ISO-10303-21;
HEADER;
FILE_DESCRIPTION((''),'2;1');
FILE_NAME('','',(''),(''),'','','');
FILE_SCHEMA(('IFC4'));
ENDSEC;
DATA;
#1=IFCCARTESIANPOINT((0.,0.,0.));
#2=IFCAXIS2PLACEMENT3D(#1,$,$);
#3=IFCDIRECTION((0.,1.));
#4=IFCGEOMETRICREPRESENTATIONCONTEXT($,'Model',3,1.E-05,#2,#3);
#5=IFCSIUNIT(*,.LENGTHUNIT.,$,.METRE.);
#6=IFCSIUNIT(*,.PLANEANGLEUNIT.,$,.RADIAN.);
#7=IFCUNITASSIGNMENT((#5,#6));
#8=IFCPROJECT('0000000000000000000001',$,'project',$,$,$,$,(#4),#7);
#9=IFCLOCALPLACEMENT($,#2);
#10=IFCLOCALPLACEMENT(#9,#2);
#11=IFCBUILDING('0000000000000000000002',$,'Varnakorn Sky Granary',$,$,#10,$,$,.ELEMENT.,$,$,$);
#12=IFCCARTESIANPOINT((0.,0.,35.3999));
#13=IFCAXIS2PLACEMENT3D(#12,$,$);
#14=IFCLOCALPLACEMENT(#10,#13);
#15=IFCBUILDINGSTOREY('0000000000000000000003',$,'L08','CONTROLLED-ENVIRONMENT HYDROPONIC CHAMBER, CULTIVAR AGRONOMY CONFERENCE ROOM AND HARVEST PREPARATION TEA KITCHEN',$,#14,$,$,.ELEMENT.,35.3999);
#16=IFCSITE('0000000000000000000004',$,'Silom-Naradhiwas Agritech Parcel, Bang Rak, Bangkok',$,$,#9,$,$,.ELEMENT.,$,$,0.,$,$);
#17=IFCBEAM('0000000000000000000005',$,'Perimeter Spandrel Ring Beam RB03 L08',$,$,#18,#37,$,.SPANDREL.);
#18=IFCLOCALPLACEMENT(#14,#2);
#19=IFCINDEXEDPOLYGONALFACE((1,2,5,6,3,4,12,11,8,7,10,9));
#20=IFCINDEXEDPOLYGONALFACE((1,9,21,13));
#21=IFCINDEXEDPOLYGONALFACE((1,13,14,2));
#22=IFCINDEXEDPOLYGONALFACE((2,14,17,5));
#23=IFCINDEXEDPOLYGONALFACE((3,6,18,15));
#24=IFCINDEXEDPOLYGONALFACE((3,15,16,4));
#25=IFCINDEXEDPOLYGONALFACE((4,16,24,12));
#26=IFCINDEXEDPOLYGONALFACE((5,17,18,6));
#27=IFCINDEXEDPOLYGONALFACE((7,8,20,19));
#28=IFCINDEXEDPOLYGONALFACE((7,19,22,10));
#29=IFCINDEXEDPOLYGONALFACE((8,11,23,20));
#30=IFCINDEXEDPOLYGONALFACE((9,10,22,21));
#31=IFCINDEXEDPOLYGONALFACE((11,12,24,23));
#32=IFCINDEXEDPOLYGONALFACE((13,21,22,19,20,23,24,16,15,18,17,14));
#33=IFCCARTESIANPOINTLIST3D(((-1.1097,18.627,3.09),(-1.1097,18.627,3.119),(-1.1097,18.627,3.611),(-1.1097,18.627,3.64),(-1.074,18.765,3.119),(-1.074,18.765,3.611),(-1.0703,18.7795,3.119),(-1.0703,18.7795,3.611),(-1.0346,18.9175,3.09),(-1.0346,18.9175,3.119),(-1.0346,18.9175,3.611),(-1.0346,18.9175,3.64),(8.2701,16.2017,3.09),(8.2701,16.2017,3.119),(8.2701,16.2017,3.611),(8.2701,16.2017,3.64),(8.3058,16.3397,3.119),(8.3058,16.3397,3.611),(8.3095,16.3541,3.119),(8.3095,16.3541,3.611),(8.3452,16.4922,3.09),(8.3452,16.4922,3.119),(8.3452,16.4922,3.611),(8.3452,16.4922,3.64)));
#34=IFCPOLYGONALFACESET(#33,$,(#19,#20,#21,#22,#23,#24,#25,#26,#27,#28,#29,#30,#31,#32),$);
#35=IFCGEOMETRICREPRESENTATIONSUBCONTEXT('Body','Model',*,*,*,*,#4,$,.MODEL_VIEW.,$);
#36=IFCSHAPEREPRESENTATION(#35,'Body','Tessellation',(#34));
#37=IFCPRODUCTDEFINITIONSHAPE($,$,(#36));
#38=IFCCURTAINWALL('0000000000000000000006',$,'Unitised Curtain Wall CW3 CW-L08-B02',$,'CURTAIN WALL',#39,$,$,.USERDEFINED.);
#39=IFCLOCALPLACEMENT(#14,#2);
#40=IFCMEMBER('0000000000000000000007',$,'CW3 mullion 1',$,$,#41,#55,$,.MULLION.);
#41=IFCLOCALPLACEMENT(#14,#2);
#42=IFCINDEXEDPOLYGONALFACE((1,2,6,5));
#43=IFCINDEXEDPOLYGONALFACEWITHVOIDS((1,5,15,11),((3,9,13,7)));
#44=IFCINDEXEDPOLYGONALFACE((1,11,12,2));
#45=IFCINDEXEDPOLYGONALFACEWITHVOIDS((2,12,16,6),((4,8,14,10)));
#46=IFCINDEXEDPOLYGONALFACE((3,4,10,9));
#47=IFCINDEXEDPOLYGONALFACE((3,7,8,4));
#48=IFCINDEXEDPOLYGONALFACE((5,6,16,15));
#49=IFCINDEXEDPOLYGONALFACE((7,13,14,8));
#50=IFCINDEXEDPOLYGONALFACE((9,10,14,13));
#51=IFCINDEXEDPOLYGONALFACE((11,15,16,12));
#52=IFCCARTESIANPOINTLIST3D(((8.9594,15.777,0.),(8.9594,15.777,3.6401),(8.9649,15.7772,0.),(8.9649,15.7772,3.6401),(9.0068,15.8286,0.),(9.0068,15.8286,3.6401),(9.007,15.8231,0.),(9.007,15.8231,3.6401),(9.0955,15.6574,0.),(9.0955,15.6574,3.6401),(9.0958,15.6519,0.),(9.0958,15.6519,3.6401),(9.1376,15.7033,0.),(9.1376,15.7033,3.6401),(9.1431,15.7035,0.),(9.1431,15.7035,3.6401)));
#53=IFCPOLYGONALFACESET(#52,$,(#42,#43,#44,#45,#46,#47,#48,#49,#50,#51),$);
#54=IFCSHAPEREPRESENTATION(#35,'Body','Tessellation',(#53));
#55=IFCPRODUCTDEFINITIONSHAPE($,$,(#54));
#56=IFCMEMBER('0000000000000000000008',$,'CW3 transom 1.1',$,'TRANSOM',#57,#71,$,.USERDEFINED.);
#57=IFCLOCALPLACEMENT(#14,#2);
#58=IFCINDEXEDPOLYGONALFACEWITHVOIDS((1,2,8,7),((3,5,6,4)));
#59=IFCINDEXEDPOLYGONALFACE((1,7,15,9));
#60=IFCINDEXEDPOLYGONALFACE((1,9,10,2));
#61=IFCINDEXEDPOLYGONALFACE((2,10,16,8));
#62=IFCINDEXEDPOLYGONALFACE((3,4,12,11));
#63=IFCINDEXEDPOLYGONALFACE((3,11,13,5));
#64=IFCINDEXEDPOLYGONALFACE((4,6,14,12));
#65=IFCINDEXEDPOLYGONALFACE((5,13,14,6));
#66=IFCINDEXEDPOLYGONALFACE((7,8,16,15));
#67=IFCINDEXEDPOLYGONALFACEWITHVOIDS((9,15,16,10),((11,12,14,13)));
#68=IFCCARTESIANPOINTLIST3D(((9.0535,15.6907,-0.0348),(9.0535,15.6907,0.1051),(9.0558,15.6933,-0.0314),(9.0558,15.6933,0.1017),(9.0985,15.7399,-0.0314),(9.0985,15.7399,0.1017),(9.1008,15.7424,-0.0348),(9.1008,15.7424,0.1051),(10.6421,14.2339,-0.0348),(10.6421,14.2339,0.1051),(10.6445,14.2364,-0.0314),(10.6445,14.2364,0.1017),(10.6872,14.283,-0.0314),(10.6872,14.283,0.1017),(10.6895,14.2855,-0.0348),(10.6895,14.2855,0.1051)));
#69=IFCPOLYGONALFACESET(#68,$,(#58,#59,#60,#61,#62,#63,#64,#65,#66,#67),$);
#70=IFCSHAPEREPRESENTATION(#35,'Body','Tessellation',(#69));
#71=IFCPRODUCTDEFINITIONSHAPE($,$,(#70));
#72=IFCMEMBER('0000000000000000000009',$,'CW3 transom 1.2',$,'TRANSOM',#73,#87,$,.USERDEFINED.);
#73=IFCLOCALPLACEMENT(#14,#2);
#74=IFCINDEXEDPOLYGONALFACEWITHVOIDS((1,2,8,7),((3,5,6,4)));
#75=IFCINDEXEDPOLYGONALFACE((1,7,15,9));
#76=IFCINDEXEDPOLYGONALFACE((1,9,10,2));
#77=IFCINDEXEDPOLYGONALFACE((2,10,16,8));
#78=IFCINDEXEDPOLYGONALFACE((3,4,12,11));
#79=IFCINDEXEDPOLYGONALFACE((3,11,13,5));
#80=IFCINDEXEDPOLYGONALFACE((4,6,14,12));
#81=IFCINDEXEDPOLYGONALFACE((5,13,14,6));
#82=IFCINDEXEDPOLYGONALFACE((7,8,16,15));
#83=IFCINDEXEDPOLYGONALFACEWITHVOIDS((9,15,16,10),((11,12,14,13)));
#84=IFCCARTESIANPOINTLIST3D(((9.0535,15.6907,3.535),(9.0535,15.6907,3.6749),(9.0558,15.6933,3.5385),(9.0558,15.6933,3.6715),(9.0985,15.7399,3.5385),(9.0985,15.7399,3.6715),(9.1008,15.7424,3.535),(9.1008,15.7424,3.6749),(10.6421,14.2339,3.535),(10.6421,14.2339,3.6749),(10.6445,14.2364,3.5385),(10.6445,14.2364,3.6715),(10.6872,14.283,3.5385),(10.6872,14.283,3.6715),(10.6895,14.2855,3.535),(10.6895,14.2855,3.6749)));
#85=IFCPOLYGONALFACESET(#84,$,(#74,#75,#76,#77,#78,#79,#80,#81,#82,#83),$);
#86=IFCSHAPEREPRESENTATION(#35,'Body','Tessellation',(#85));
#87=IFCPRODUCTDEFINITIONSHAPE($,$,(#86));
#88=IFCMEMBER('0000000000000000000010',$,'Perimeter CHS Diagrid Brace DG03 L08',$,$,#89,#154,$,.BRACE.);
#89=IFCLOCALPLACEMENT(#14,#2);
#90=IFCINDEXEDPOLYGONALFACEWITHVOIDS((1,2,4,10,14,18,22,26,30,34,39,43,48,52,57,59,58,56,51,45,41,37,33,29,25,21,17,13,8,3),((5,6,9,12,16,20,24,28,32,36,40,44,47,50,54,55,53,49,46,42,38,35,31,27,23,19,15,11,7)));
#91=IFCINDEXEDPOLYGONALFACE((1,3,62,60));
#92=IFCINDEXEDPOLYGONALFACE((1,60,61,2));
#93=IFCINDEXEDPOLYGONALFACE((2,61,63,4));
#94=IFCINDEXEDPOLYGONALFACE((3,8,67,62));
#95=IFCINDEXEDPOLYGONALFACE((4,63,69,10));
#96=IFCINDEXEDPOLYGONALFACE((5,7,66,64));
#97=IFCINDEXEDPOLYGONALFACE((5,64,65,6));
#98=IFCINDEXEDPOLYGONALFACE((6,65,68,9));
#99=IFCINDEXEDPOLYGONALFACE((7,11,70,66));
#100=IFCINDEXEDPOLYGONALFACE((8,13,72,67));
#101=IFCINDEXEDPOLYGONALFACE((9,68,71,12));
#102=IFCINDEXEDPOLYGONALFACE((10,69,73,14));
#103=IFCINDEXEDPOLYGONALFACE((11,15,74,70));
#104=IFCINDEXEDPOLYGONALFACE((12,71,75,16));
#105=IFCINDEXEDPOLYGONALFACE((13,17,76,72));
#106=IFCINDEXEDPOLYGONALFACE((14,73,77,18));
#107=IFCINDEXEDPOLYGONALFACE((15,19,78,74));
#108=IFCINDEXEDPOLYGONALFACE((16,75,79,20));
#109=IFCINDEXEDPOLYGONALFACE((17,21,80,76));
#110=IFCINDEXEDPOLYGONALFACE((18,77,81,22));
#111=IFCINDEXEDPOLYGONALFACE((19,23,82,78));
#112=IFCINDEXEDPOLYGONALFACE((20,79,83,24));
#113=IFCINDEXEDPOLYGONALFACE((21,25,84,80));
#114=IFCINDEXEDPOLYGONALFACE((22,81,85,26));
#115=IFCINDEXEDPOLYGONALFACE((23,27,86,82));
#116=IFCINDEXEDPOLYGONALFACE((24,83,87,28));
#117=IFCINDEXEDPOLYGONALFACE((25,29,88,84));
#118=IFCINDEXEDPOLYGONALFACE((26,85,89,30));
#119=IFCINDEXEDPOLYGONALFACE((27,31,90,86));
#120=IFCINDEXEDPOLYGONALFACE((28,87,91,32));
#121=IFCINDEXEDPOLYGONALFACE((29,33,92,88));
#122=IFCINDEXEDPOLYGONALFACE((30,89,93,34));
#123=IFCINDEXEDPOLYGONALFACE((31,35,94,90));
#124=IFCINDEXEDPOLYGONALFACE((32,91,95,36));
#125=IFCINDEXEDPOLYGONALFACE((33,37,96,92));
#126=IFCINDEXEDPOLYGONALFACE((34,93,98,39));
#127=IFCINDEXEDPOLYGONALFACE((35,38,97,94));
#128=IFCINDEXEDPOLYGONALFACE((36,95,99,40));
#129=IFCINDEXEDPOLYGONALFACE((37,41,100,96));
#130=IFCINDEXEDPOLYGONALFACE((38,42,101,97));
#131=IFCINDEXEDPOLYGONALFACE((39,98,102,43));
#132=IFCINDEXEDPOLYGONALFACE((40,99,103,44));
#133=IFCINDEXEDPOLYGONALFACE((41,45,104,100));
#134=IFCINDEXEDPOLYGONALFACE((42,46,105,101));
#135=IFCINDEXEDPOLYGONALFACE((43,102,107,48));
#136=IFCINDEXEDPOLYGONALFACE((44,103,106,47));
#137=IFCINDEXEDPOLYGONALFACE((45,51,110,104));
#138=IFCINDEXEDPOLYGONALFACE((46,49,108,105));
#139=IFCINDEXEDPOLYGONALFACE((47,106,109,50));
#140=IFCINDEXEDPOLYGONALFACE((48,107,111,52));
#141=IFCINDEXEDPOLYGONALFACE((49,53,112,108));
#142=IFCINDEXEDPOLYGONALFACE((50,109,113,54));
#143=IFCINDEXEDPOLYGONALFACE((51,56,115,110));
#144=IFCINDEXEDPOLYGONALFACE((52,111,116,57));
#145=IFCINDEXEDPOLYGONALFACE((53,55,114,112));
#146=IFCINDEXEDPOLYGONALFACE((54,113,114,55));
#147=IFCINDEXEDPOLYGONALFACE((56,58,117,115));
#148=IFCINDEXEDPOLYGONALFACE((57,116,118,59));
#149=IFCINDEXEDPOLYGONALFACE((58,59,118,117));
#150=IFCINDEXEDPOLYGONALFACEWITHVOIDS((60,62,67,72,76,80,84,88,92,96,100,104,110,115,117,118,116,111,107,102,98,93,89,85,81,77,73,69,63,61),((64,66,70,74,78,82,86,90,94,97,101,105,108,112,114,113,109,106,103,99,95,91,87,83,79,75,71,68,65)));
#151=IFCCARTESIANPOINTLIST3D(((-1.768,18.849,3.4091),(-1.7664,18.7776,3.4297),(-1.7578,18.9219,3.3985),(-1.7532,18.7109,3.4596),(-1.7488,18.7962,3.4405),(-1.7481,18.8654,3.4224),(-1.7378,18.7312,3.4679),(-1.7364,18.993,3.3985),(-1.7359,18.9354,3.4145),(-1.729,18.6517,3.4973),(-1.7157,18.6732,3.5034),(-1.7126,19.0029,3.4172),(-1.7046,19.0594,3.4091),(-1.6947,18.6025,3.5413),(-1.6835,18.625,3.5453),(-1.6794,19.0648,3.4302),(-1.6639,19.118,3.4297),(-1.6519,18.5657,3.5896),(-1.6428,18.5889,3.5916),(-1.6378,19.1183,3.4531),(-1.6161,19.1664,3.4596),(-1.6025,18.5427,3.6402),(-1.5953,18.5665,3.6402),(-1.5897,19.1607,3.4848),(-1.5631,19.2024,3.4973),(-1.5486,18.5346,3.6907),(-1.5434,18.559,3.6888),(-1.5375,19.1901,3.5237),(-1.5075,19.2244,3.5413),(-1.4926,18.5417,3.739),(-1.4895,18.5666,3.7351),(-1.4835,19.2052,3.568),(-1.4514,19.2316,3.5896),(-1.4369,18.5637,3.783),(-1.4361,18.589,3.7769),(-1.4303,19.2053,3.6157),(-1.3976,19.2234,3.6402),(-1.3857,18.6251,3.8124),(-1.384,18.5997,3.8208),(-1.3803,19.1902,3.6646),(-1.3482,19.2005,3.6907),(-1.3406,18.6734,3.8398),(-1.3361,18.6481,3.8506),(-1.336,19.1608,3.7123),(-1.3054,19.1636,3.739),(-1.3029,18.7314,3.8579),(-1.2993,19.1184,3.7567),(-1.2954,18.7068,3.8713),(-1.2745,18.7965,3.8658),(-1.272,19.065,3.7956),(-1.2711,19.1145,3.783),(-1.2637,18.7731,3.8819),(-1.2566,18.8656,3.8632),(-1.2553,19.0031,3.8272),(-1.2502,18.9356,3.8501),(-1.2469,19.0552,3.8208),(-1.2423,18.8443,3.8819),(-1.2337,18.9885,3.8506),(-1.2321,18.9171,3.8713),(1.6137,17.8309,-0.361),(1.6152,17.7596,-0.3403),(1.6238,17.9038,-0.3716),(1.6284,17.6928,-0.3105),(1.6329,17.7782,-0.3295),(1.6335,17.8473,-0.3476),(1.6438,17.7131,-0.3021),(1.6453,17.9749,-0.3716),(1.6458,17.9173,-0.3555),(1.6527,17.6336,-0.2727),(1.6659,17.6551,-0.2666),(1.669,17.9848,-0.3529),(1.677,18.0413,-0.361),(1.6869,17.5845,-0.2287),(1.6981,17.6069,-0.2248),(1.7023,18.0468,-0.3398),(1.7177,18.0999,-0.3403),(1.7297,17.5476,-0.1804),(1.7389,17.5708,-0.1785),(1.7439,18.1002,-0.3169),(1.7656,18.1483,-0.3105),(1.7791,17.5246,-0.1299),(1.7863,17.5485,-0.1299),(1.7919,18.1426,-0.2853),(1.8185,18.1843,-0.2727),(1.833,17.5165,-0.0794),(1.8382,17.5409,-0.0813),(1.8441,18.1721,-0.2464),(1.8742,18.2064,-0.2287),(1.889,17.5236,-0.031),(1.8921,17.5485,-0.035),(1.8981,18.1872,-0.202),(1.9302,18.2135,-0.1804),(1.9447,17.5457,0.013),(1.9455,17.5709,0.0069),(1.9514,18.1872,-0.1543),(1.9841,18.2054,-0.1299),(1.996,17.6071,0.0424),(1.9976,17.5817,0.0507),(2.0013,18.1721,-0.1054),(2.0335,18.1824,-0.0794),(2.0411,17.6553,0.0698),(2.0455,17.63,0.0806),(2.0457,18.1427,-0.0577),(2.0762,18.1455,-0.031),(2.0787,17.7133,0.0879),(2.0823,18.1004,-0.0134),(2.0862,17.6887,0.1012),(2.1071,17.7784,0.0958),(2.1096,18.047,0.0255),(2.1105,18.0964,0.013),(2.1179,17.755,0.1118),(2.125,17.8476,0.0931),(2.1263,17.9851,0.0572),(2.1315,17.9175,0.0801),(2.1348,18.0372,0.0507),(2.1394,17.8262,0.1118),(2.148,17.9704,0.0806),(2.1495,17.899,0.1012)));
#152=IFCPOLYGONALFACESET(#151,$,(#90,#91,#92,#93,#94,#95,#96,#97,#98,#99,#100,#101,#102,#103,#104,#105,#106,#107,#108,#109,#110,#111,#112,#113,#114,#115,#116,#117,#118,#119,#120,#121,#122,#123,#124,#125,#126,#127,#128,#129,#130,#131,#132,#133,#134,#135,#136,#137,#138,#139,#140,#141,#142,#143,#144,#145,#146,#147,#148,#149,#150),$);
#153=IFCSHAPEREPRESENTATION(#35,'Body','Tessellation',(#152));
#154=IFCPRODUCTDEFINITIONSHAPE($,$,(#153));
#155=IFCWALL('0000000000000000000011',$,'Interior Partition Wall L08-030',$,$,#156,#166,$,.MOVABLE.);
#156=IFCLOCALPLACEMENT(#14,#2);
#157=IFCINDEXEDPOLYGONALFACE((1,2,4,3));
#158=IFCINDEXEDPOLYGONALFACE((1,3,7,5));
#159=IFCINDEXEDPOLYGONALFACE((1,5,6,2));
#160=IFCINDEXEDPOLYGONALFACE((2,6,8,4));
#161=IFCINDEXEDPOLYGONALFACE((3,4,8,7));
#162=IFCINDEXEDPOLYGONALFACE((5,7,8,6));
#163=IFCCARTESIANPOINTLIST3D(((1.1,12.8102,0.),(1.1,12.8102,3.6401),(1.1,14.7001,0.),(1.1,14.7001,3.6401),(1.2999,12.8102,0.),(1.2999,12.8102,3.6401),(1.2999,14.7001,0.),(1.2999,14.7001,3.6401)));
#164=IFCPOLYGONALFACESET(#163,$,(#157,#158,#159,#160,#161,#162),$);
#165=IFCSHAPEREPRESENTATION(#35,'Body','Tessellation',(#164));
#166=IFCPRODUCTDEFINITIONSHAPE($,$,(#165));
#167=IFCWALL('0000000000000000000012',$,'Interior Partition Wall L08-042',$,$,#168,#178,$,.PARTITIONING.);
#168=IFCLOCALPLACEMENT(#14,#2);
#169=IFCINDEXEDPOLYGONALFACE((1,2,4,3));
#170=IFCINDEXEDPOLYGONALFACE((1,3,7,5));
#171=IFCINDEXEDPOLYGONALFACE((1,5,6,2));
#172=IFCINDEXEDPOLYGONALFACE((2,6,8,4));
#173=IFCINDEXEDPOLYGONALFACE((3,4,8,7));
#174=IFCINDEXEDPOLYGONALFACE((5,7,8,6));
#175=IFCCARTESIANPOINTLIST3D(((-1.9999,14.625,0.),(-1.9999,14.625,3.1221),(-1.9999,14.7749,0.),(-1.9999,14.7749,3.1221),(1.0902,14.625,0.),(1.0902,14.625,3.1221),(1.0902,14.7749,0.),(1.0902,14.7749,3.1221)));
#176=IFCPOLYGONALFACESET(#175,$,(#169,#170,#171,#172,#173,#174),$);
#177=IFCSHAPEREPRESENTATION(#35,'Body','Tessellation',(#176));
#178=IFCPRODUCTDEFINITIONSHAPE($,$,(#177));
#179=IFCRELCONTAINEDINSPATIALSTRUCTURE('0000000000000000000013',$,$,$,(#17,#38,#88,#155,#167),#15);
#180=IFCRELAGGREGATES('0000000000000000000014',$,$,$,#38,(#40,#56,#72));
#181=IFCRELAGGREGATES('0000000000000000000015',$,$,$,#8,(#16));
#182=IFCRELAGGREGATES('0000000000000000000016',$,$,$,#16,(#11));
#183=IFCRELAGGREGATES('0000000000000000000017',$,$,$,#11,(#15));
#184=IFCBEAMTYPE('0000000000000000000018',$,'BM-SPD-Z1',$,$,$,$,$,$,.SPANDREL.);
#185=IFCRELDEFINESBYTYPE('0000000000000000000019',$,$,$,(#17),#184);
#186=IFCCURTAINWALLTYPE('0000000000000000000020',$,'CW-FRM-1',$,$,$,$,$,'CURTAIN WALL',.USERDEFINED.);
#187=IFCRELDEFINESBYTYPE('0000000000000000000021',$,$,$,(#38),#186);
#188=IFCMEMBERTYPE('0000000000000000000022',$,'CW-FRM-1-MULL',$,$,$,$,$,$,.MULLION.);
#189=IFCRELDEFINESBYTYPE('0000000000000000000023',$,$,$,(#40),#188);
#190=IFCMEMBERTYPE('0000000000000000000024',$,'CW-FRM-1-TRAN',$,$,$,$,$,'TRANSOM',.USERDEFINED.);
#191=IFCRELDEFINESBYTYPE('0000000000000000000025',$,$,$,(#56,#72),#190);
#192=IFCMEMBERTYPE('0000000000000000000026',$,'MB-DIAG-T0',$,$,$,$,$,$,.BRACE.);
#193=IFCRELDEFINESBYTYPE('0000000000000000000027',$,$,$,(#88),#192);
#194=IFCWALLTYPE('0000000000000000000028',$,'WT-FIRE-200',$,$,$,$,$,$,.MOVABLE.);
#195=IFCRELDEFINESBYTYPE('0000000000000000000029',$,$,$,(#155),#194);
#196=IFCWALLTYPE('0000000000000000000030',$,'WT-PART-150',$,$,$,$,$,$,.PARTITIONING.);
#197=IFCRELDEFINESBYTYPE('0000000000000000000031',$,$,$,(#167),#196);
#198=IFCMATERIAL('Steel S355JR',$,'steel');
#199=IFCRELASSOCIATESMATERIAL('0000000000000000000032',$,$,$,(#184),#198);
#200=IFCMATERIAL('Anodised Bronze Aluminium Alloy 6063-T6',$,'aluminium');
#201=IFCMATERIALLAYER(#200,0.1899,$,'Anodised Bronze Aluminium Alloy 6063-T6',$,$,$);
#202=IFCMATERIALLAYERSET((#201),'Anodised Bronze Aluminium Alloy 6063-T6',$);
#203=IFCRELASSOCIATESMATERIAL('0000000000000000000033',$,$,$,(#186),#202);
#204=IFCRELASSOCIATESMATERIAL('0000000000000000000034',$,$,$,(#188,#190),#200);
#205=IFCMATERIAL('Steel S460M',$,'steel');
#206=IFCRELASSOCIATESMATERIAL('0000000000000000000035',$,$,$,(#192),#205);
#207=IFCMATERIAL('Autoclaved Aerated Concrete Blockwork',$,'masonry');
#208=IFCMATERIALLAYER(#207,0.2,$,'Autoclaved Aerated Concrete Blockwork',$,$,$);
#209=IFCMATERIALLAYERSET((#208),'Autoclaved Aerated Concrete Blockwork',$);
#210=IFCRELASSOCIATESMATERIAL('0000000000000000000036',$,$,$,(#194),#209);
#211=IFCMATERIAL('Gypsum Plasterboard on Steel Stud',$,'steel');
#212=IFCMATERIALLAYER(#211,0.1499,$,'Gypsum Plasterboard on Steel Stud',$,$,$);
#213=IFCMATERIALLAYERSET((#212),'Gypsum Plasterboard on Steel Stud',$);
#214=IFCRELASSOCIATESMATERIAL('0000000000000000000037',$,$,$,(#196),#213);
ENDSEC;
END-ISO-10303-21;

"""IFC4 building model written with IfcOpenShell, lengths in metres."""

from ifc_helpers import new_model, si_unit, direction, frame, frame_2d, origin, origin_2d, place, context, subcontext, project, spatial, rectangle, hollow_rectangle, hollow_circle, i_section, extrude, material, layer, layer_set, material_profile, profile_set, type_object, element, aggregate, save


model = new_model("IFC4")

# Units and contexts
model_context = context("Model", 3, precision=1e-05, world=origin(), true_north=direction((0.0, 1.0)))
body_context = subcontext(model_context, "Body", "Model", "MODEL_VIEW")
ifc_project = project(units=[si_unit("LENGTHUNIT", "METRE"), si_unit("PLANEANGLEUNIT", "RADIAN")], contexts=[model_context])

# Site, building, storey
site_placement = place(None, origin())
site = spatial("IfcSite", under=ifc_project, at=site_placement, Name="Silom-Naradhiwas Agritech Parcel, Bang Rak, Bangkok", CompositionType="ELEMENT", RefElevation=0.0)
building_placement = place(site_placement, origin())
building = spatial("IfcBuilding", under=site, at=building_placement, Name="Varnakorn Sky Granary", CompositionType="ELEMENT")
storey_placement = place(building_placement, frame((0.0, 0.0, 35.3999)))
storey = spatial("IfcBuildingStorey", under=building, at=storey_placement, Name="L08", Description="CONTROLLED-ENVIRONMENT HYDROPONIC CHAMBER, CULTIVAR AGRONOMY CONFERENCE ROOM AND HARVEST PREPARATION TEA KITCHEN", CompositionType="ELEMENT", Elevation=35.3999)

# Shared definitions
ifc_material_1 = material(Name="Steel S460M", Category="steel")

# Beam
ifc_material_2 = material(Name="Steel S355JR", Category="steel")
ifc_material_profile_1 = material_profile(ifc_material_2, i_section(OverallWidth=0.3, OverallDepth=0.55, WebThickness=0.0149, FlangeThickness=0.0291, at=origin_2d()), Name="HE 550 B")
ifc_profile_set_1 = profile_set([ifc_material_profile_1], Name="Steel S355JR")
beam_type_1 = type_object("IfcBeamType", Name="BM-SPD-Z1", PredefinedType="SPANDREL", material=ifc_profile_set_1)
beam_1_placement = place(storey_placement, frame((8.3076, 16.3469, 3.365), z_axis=(-0.968159, 0.250337, 0.0), x_axis=(-0.250337, -0.968159, 0.0)))
element("IfcBeam", 1, at=beam_1_placement, inside=storey, type_object=beam_type_1, Name="Perimeter Spandrel Ring Beam RB03 L08", PredefinedType="SPANDREL", context=body_context, shape_type="SweptSolid", body=[
    extrude(i_section(OverallWidth=0.3, OverallDepth=0.55, WebThickness=0.0149, FlangeThickness=0.0291, at=origin_2d()), origin(), (0.0, 0.0, 1.0), 9.6882),
])

# Curtain wall, members
ifc_material_3 = material(Name="Anodised Bronze Aluminium Alloy 6063-T6", Category="aluminium")
ifc_layer_1 = layer(ifc_material_3, 0.1899, Name="Anodised Bronze Aluminium Alloy 6063-T6")
ifc_layer_set_1 = layer_set([ifc_layer_1], Name="Anodised Bronze Aluminium Alloy 6063-T6")
curtain_wall_type = type_object("IfcCurtainWallType", Name="CW-FRM-1", ElementType="CURTAIN WALL", PredefinedType="USERDEFINED", material=ifc_layer_set_1)
curtain_wall_placement = place(storey_placement, origin())
curtain_wall = element("IfcCurtainWall", 2, at=curtain_wall_placement, inside=storey, type_object=curtain_wall_type, Name="Unitised Curtain Wall CW3 CW-L08-B02", ObjectType="CURTAIN WALL", PredefinedType="USERDEFINED")
ifc_material_profile_2 = material_profile(ifc_material_3, hollow_rectangle(XDim=0.0701, YDim=0.1851, WallThickness=0.0039, at=origin_2d()), Name="ALU MULL 70x185")
ifc_profile_set_2 = profile_set([ifc_material_profile_2], Name="Anodised Bronze Aluminium Alloy 6063-T6")
member_type_1 = type_object("IfcMemberType", Name="CW-FRM-1-MULL", PredefinedType="MULLION", material=ifc_profile_set_2)
member_1_placement = place(storey_placement, frame((9.0513, 15.7402, 0.0), z_axis=(0.0, 0.0, 1.0), x_axis=(0.675878, 0.737013, 0.0)))
member_1 = element("IfcMember", 3, at=member_1_placement, type_object=member_type_1, Name="CW3 mullion 1", PredefinedType="MULLION", context=body_context, shape_type="SweptSolid", body=[
    extrude(hollow_rectangle(XDim=0.0701, YDim=0.1851, WallThickness=0.0039, at=origin_2d()), origin(), (0.0, 0.0, 1.0), 3.6401),
])
ifc_material_profile_3 = material_profile(ifc_material_3, hollow_rectangle(XDim=0.0701, YDim=0.1399, WallThickness=0.0034, at=origin_2d()), Name="ALU TRAN 70x140")
ifc_profile_set_3 = profile_set([ifc_material_profile_3], Name="Anodised Bronze Aluminium Alloy 6063-T6")
member_type_2 = type_object("IfcMemberType", Name="CW-FRM-1-TRAN", ElementType="TRANSOM", PredefinedType="USERDEFINED", material=ifc_profile_set_3)
member_2_placement = place(storey_placement, frame((9.0771, 15.7166, 0.0352), z_axis=(0.737027, -0.675863, 0.0), x_axis=(0.675863, 0.737027, 0.0)))
member_2 = element("IfcMember", 4, at=member_2_placement, type_object=member_type_2, Name="CW3 transom 1.1", ObjectType="TRANSOM", PredefinedType="USERDEFINED", context=body_context, shape_type="SweptSolid", body=[
    extrude(hollow_rectangle(XDim=0.0701, YDim=0.1399, WallThickness=0.0034, at=origin_2d()), origin(), (0.0, 0.0, 1.0), 2.1555),
])
member_3_placement = place(storey_placement, frame((9.0771, 15.7166, 3.605), z_axis=(0.737027, -0.675863, 0.0), x_axis=(0.675863, 0.737027, 0.0)))
member_3 = element("IfcMember", 5, at=member_3_placement, type_object=member_type_2, Name="CW3 transom 1.2", ObjectType="TRANSOM", PredefinedType="USERDEFINED", context=body_context, shape_type="SweptSolid", body=[
    extrude(hollow_rectangle(XDim=0.0701, YDim=0.1399, WallThickness=0.0034, at=origin_2d()), origin(), (0.0, 0.0, 1.0), 2.1555),
])
aggregate(curtain_wall, [member_1, member_2, member_3])

# Member
ifc_material_profile_4 = material_profile(ifc_material_1, hollow_circle(Radius=0.3555, WallThickness=0.0249, at=origin_2d()), Name="CHS 711x25")
ifc_profile_set_4 = profile_set([ifc_material_profile_4], Name="Steel S460M")
member_type_3 = type_object("IfcMemberType", Name="MB-DIAG-T0", PredefinedType="BRACE", material=ifc_profile_set_4)
member_4_placement = place(storey_placement, frame((1.8816, 17.865, -0.1299), z_axis=(-0.654622, 0.197081, 0.729815), x_axis=(-0.28828, -0.957546, 0.0)))
element("IfcMember", 6, at=member_4_placement, inside=storey, type_object=member_type_3, Name="Perimeter CHS Diagrid Brace DG03 L08", PredefinedType="BRACE", context=body_context, shape_type="SweptSolid", body=[
    extrude(hollow_circle(Radius=0.3555, WallThickness=0.0249, at=origin_2d()), origin(), (0.0, 0.0, 1.0), 5.1658),
])

# Walls
ifc_material_4 = material(Name="Autoclaved Aerated Concrete Blockwork", Category="masonry")
ifc_layer_2 = layer(ifc_material_4, 0.2, Name="Autoclaved Aerated Concrete Blockwork")
ifc_layer_set_2 = layer_set([ifc_layer_2], Name="Autoclaved Aerated Concrete Blockwork")
wall_type_1 = type_object("IfcWallType", Name="WT-FIRE-200", PredefinedType="MOVABLE", material=ifc_layer_set_2)
wall_1_placement = place(storey_placement, frame((1.2, 14.7, 0.0), z_axis=(0.0, 0.0, 1.0), x_axis=(0.0, -1.0, 0.0)))
element("IfcWall", 7, at=wall_1_placement, inside=storey, type_object=wall_type_1, Name="Interior Partition Wall L08-030", PredefinedType="MOVABLE", context=body_context, shape_type="SweptSolid", body=[
    extrude(rectangle(XDim=1.8899, YDim=0.2, at=frame_2d((0.9448, 0.0))), origin(), (0.0, 0.0, 1.0), 3.6401),
])
ifc_material_5 = material(Name="Gypsum Plasterboard on Steel Stud", Category="steel")
ifc_layer_3 = layer(ifc_material_5, 0.1499, Name="Gypsum Plasterboard on Steel Stud")
ifc_layer_set_3 = layer_set([ifc_layer_3], Name="Gypsum Plasterboard on Steel Stud")
wall_type_2 = type_object("IfcWallType", Name="WT-PART-150", PredefinedType="PARTITIONING", material=ifc_layer_set_3)
wall_2_placement = place(storey_placement, frame((1.0901, 14.7, 0.0), z_axis=(0.0, 0.0, 1.0), x_axis=(-1.0, 0.0, 0.0)))
element("IfcWall", 8, at=wall_2_placement, inside=storey, type_object=wall_type_2, Name="Interior Partition Wall L08-042", PredefinedType="PARTITIONING", context=body_context, shape_type="SweptSolid", body=[
    extrude(rectangle(XDim=3.0901, YDim=0.1499, at=frame_2d((1.5449, 0.0))), origin(), (0.0, 0.0, 1.0), 3.1221),
])

save(model, "model.ifc")
